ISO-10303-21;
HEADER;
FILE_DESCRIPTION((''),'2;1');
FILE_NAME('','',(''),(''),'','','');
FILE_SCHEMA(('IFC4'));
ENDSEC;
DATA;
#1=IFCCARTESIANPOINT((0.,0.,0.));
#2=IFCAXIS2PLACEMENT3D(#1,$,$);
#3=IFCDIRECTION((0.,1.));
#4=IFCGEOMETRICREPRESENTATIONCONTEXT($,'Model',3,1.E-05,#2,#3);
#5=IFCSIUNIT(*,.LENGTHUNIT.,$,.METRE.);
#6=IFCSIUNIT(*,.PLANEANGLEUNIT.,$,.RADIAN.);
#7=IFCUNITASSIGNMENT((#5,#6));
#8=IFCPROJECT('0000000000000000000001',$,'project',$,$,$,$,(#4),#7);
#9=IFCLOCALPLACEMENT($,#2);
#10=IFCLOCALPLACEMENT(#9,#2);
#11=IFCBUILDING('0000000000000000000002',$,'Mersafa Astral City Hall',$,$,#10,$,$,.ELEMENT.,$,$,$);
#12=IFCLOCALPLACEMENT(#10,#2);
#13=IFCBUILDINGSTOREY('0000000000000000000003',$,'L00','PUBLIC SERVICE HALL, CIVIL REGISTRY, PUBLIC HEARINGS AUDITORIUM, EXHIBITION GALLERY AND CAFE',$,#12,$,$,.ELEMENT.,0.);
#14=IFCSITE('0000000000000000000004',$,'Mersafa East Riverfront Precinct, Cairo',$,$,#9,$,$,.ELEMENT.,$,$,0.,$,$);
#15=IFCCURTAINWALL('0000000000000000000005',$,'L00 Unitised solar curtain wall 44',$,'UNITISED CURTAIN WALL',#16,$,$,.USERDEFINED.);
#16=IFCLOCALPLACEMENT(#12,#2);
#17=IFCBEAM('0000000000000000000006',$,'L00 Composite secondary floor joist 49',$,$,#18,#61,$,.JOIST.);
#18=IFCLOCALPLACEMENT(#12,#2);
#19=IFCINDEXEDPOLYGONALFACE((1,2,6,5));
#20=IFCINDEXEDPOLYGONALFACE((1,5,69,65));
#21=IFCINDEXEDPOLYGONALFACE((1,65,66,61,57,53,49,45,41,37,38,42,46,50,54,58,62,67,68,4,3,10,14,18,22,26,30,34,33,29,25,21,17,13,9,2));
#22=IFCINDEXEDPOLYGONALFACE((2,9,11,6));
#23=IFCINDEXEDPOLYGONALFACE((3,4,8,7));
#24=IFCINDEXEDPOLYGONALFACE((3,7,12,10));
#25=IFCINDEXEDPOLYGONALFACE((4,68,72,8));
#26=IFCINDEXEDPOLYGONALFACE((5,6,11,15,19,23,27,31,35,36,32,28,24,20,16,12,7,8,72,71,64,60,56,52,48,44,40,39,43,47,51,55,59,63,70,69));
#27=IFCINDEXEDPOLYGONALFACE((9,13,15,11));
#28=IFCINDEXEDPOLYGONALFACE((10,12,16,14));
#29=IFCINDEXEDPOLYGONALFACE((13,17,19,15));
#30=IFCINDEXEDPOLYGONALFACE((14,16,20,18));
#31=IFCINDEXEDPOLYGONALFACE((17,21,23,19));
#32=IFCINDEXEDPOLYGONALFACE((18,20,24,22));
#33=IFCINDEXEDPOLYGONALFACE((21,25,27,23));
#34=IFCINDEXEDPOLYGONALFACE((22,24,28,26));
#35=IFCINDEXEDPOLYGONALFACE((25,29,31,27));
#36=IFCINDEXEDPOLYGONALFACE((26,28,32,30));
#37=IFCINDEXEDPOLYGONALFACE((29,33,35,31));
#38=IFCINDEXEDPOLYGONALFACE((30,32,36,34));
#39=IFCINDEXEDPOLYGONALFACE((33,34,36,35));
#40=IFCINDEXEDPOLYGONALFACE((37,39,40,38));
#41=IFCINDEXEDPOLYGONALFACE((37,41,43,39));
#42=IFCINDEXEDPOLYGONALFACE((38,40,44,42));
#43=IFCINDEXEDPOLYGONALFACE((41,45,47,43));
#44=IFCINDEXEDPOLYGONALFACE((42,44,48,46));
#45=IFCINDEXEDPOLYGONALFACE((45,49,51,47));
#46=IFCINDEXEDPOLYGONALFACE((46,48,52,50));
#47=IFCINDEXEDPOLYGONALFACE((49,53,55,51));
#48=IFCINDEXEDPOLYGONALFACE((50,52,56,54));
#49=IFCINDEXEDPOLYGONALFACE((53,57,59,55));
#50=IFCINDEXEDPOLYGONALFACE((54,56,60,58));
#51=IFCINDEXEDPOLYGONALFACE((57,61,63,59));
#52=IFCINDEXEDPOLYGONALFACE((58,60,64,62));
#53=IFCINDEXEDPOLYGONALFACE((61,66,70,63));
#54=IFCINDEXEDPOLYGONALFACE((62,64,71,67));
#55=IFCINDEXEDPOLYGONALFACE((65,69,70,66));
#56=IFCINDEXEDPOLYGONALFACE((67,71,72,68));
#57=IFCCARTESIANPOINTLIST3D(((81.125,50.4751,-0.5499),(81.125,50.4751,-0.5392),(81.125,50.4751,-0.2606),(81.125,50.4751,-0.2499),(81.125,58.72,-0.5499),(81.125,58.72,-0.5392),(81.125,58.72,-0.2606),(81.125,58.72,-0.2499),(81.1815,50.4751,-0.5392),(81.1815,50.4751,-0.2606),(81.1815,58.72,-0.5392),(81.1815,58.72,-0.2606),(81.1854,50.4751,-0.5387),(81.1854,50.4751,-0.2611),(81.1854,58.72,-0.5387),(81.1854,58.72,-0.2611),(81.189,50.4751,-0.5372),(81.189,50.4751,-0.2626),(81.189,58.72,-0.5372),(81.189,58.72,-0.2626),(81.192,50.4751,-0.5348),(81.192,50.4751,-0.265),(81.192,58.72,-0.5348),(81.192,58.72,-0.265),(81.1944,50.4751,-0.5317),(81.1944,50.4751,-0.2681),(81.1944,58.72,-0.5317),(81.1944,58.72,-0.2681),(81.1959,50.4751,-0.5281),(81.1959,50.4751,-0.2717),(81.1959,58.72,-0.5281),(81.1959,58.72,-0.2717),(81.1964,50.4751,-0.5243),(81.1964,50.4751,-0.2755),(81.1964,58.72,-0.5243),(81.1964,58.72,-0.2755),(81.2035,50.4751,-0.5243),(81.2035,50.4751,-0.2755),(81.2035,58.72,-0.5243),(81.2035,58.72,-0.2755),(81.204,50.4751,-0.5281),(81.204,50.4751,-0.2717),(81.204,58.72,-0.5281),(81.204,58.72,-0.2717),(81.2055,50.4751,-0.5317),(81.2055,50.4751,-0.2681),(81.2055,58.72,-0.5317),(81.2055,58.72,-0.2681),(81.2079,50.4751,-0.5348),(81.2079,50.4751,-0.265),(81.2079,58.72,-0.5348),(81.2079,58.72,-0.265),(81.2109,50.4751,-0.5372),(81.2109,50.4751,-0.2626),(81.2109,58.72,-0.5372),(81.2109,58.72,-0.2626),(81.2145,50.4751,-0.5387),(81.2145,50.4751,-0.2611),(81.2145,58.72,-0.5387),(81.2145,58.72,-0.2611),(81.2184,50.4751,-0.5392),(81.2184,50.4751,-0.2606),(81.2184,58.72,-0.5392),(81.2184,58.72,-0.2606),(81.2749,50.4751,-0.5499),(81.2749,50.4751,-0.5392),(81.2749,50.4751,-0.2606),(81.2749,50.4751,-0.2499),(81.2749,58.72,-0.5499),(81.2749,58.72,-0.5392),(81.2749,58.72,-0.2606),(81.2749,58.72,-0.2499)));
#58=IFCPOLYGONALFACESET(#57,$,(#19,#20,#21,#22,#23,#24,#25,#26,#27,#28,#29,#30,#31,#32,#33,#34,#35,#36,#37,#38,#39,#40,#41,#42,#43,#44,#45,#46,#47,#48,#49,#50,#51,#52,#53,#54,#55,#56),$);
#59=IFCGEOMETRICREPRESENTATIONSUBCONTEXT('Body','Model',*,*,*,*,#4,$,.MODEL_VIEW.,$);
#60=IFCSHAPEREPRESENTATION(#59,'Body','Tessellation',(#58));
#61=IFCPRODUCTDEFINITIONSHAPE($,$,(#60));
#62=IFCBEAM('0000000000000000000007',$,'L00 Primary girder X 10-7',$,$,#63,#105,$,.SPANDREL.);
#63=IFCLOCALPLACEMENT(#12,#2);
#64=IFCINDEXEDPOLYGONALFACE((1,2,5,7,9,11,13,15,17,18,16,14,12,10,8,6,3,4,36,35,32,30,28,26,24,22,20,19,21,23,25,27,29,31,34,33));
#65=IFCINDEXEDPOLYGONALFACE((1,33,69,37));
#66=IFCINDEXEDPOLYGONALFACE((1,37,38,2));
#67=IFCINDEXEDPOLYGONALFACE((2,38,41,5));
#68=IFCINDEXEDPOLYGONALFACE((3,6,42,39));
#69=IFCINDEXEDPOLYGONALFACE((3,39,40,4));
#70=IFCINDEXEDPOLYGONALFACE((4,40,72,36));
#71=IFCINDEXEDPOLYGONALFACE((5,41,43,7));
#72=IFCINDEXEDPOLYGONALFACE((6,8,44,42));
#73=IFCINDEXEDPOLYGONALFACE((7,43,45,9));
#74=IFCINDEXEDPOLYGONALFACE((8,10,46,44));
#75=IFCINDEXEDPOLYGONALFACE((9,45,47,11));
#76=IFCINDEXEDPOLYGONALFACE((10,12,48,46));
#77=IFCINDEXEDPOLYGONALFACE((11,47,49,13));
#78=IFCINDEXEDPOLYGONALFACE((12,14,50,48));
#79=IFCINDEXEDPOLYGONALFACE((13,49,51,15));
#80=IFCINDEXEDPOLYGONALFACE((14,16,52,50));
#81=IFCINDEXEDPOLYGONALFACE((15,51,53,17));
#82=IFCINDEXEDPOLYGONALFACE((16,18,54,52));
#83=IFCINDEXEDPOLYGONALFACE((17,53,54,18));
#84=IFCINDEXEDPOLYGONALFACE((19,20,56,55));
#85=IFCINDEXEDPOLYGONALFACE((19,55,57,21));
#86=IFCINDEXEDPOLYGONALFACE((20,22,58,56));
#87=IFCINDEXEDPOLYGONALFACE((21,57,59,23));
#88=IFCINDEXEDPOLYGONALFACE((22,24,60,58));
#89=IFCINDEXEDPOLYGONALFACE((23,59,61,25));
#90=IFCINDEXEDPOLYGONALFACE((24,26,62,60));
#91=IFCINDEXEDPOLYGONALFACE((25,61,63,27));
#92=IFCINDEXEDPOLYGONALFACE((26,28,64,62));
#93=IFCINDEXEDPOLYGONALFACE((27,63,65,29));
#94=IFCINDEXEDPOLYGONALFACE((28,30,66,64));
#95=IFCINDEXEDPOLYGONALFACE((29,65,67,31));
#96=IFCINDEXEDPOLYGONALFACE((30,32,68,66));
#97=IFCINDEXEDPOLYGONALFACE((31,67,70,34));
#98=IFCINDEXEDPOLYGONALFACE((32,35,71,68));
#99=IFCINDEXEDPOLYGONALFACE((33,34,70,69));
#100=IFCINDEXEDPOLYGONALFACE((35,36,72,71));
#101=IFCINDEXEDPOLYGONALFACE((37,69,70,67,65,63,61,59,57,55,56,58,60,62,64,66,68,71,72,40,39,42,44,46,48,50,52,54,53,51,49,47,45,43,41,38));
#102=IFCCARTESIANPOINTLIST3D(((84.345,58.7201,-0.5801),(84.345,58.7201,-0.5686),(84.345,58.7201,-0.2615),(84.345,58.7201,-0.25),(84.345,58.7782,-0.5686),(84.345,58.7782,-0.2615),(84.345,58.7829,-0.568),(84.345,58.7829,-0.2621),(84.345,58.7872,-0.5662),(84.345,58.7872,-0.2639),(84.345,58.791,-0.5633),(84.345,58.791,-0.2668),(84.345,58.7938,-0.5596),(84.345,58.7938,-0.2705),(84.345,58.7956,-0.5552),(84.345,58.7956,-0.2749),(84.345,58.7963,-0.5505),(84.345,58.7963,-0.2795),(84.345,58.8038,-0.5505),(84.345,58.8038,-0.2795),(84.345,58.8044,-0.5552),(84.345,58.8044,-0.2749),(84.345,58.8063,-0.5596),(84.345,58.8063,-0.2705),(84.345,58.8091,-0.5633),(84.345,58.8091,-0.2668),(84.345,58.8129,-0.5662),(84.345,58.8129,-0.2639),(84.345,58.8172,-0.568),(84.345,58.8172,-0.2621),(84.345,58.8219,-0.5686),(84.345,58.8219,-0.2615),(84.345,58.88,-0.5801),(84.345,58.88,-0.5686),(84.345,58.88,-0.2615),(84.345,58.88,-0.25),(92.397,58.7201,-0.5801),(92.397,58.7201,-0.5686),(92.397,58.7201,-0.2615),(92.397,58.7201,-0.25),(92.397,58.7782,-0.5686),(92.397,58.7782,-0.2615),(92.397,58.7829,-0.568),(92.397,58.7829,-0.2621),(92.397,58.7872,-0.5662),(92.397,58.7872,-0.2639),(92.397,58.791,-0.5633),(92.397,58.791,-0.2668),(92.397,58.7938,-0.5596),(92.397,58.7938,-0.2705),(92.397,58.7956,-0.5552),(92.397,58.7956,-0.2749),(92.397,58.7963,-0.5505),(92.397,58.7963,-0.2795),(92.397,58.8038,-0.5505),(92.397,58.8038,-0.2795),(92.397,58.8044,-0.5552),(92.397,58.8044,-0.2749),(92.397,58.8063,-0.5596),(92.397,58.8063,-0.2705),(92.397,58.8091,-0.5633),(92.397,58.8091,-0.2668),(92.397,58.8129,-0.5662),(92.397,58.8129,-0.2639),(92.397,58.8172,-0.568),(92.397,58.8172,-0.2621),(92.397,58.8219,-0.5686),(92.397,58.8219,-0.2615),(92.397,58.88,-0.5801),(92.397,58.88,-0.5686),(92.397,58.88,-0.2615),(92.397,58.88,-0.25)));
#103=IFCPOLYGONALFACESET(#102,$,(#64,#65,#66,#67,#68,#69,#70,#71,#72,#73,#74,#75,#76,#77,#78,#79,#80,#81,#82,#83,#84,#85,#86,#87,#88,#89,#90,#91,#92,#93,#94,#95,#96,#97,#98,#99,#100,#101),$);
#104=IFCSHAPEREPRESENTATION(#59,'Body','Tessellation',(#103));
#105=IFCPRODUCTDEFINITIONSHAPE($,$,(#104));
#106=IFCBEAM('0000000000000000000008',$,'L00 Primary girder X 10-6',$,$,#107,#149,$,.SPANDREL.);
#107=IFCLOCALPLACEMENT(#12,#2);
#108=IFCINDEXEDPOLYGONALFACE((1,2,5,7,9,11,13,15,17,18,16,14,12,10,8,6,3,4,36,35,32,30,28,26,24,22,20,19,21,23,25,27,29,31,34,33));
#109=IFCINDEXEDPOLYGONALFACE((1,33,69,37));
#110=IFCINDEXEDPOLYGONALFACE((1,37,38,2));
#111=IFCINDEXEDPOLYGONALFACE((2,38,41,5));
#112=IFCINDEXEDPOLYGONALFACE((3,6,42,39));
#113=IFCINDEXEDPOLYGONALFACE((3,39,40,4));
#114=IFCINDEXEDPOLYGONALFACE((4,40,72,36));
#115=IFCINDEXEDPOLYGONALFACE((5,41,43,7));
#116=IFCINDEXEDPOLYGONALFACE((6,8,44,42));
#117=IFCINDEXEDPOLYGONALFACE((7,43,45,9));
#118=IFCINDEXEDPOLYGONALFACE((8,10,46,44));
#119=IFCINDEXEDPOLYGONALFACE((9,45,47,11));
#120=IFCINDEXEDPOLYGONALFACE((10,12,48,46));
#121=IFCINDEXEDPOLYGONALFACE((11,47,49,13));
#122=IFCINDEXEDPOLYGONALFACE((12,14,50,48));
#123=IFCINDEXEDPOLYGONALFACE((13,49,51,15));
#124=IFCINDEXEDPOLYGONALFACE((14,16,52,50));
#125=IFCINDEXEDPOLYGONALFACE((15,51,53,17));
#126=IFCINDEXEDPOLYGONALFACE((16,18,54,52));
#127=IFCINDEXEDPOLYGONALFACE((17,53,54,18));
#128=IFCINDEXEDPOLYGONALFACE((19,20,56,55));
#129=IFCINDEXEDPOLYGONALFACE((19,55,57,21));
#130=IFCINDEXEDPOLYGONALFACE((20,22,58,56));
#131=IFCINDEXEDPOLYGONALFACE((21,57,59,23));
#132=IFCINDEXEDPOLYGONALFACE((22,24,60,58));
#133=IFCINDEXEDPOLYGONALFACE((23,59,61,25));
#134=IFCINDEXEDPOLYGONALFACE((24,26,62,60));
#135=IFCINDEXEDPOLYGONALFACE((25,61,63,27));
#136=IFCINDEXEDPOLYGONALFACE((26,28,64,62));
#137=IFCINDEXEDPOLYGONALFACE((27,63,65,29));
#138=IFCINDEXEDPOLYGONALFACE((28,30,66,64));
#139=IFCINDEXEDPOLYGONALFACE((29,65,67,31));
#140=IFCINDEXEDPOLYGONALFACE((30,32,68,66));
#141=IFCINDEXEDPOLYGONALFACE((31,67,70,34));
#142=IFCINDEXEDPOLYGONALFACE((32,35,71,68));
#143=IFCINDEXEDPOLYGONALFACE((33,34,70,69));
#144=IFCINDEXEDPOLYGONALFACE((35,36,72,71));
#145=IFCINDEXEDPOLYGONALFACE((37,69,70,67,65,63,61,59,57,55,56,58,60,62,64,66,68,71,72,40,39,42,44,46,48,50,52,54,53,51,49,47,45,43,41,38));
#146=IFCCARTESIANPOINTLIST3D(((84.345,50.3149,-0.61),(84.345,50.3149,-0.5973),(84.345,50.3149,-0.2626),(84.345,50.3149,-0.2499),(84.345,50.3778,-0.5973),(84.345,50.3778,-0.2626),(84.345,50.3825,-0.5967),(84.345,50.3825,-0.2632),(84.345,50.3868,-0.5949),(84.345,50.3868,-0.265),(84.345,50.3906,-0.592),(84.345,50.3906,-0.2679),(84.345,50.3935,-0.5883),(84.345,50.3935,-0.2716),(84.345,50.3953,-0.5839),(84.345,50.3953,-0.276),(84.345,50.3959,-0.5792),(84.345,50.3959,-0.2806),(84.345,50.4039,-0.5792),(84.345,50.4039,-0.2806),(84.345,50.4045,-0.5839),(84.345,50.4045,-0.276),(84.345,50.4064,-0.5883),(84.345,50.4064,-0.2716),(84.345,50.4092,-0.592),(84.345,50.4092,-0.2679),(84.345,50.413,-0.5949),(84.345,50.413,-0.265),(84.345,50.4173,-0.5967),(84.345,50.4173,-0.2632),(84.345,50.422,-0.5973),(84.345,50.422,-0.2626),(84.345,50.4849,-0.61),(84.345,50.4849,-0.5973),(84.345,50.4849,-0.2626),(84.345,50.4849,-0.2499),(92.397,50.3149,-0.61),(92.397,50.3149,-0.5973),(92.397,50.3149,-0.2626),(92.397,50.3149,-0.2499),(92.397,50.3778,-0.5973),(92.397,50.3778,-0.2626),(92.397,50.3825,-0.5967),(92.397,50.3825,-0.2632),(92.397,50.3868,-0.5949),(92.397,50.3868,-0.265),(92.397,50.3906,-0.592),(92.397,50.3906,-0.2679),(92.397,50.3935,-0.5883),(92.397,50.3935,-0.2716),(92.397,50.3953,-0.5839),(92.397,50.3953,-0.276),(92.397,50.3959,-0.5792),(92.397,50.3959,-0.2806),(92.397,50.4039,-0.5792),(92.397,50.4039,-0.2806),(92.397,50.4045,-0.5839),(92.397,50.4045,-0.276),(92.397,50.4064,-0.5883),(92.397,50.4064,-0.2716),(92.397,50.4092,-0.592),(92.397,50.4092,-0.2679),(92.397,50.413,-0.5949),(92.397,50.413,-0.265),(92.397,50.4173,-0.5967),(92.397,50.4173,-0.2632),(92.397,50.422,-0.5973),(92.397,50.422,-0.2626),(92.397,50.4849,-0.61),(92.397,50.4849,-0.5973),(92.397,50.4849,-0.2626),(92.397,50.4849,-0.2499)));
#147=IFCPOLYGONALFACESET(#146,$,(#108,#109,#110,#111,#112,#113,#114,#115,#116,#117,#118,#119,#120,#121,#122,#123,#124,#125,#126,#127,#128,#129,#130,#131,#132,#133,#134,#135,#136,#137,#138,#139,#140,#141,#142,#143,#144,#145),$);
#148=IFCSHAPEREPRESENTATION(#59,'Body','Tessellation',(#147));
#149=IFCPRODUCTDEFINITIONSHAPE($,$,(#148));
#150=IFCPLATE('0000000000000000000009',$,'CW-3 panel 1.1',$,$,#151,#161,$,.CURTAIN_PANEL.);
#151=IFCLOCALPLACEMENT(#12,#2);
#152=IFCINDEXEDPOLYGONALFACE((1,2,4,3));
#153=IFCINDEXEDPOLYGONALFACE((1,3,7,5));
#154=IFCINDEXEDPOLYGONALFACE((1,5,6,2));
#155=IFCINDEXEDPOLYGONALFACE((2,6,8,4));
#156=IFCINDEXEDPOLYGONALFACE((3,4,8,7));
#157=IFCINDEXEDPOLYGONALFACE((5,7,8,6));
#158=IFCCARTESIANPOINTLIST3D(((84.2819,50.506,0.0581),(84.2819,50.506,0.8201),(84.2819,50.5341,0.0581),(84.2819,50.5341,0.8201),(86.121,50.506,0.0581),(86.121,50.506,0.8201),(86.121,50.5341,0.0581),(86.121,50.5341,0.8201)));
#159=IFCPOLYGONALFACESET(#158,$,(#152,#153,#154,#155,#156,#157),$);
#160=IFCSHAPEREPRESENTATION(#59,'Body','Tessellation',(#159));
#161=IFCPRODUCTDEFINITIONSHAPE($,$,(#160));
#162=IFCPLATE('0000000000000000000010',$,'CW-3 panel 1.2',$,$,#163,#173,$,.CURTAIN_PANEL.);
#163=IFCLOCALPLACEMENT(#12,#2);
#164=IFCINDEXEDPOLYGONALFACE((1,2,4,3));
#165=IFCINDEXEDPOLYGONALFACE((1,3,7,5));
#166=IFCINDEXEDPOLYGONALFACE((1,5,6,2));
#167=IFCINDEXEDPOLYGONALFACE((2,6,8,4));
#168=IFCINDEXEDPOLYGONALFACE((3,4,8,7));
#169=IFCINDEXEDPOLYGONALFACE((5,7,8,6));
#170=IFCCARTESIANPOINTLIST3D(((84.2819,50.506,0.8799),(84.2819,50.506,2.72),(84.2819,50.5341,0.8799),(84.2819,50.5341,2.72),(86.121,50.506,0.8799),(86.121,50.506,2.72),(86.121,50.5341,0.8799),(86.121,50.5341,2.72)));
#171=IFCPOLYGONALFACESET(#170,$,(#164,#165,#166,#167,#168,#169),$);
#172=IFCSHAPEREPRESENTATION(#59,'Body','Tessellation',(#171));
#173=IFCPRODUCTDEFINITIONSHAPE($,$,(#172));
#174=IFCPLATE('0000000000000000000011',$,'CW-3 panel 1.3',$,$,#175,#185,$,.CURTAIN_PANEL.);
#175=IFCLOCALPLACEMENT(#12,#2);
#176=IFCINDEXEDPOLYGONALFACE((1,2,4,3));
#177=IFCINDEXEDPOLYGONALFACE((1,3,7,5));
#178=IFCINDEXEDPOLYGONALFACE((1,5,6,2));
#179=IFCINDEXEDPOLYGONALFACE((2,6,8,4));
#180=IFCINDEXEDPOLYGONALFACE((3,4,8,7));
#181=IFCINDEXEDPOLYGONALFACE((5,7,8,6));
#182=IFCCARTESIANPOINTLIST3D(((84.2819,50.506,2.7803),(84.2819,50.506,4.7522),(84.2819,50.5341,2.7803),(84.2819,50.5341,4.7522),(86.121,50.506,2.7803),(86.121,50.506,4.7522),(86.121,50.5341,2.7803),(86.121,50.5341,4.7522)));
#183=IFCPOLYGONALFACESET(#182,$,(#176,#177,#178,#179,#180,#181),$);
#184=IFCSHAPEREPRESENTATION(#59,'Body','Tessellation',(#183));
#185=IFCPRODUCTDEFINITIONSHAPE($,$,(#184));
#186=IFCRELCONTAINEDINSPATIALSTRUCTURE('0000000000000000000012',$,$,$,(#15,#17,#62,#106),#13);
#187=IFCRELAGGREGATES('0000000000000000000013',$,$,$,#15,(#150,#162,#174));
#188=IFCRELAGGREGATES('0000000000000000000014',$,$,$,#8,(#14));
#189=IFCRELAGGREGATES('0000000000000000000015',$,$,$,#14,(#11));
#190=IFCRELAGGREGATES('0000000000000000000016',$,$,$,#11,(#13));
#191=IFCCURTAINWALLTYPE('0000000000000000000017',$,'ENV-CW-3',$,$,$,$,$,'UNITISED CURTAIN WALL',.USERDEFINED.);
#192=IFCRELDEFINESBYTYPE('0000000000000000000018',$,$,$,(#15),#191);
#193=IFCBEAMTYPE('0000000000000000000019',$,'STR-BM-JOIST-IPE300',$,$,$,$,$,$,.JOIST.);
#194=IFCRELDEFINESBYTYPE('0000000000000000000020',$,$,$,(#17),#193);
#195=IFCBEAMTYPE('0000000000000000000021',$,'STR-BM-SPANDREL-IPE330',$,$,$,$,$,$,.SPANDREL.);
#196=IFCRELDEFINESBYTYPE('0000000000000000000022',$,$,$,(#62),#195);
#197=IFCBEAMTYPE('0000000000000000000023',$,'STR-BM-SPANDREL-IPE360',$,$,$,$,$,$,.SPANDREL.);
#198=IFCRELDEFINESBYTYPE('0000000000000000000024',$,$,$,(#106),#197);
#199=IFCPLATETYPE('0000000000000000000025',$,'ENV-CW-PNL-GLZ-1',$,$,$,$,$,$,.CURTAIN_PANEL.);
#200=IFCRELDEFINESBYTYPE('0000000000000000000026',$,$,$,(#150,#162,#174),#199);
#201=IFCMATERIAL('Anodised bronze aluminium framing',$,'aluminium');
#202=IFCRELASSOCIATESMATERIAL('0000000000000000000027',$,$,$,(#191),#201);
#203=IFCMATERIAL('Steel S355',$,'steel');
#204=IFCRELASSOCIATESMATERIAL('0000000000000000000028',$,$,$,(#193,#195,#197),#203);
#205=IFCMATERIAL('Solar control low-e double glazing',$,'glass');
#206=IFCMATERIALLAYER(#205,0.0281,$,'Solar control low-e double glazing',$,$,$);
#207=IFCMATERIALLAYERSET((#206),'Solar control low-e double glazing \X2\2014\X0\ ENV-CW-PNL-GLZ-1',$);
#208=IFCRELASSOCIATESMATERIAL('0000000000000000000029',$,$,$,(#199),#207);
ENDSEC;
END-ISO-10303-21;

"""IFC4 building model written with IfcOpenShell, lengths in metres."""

from ifc_helpers import new_model, si_unit, direction, frame, origin, origin_2d, place, context, subcontext, project, spatial, rectangle, i_section, extrude, material, layer, layer_set, material_profile, profile_set, type_object, element, aggregate, save


model = new_model("IFC4")

# Units and contexts
model_context = context("Model", 3, precision=1e-05, world=origin(), true_north=direction((0.0, 1.0)))
body_context = subcontext(model_context, "Body", "Model", "MODEL_VIEW")
ifc_project = project(units=[si_unit("LENGTHUNIT", "METRE"), si_unit("PLANEANGLEUNIT", "RADIAN")], contexts=[model_context])

# Site, building, storey
site_placement = place(None, origin())
site = spatial("IfcSite", under=ifc_project, at=site_placement, Name="Mersafa East Riverfront Precinct, Cairo", CompositionType="ELEMENT", RefElevation=0.0)
building_placement = place(site_placement, origin())
building = spatial("IfcBuilding", under=site, at=building_placement, Name="Mersafa Astral City Hall", CompositionType="ELEMENT")
storey_placement = place(building_placement, origin())
storey = spatial("IfcBuildingStorey", under=building, at=storey_placement, Name="L00", Description="PUBLIC SERVICE HALL, CIVIL REGISTRY, PUBLIC HEARINGS AUDITORIUM, EXHIBITION GALLERY AND CAFE", CompositionType="ELEMENT", Elevation=0.0)

# Shared definitions
ifc_material_1 = material(Name="Steel S355", Category="steel")

# Curtain wall
ifc_material_2 = material(Name="Anodised bronze aluminium framing", Category="aluminium")
curtain_wall_type = type_object("IfcCurtainWallType", Name="ENV-CW-3", ElementType="UNITISED CURTAIN WALL", PredefinedType="USERDEFINED", material=ifc_material_2)
curtain_wall_placement = place(storey_placement, origin())
curtain_wall = element("IfcCurtainWall", 1, at=curtain_wall_placement, inside=storey, type_object=curtain_wall_type, Name="L00 Unitised solar curtain wall 44", ObjectType="UNITISED CURTAIN WALL", PredefinedType="USERDEFINED")

# Beams
ifc_material_profile_1 = material_profile(ifc_material_1, i_section(OverallWidth=0.1499, OverallDepth=0.3, WebThickness=0.0071, FlangeThickness=0.0107, FilletRadius=0.0149, at=origin_2d()), Name="IPE 300")
ifc_profile_set_1 = profile_set([ifc_material_profile_1], Name="Steel S355")
beam_type_1 = type_object("IfcBeamType", Name="STR-BM-JOIST-IPE300", PredefinedType="JOIST", material=ifc_profile_set_1)
beam_1_placement = place(storey_placement, frame((81.2, 50.4751, -0.3999), z_axis=(0.0, 1.0, 0.0), x_axis=(-1.0, 0.0, 0.0)))
element("IfcBeam", 2, at=beam_1_placement, inside=storey, type_object=beam_type_1, Name="L00 Composite secondary floor joist 49", PredefinedType="JOIST", context=body_context, shape_type="SweptSolid", body=[
    extrude(i_section(OverallWidth=0.1499, OverallDepth=0.3, WebThickness=0.0071, FlangeThickness=0.0107, FilletRadius=0.0149, at=origin_2d()), origin(), (0.0, 0.0, 1.0), 8.2449),
])
ifc_material_profile_2 = material_profile(ifc_material_1, i_section(OverallWidth=0.1599, OverallDepth=0.3301, WebThickness=0.0076, FlangeThickness=0.0115, FilletRadius=0.0181, at=origin_2d()), Name="IPE 330")
ifc_profile_set_2 = profile_set([ifc_material_profile_2], Name="Steel S355")
beam_type_2 = type_object("IfcBeamType", Name="STR-BM-SPANDREL-IPE330", PredefinedType="SPANDREL", material=ifc_profile_set_2)
beam_2_placement = place(storey_placement, frame((84.345, 58.8, -0.415), z_axis=(1.0, 0.0, 0.0), x_axis=(0.0, 1.0, 0.0)))
element("IfcBeam", 3, at=beam_2_placement, inside=storey, type_object=beam_type_2, Name="L00 Primary girder X 10-7", PredefinedType="SPANDREL", context=body_context, shape_type="SweptSolid", body=[
    extrude(i_section(OverallWidth=0.1599, OverallDepth=0.3301, WebThickness=0.0076, FlangeThickness=0.0115, FilletRadius=0.0181, at=origin_2d()), origin(), (0.0, 0.0, 1.0), 8.052),
])
ifc_material_profile_3 = material_profile(ifc_material_1, i_section(OverallWidth=0.1699, OverallDepth=0.3601, WebThickness=0.0081, FlangeThickness=0.0127, FilletRadius=0.0181, at=origin_2d()), Name="IPE 360")
ifc_profile_set_3 = profile_set([ifc_material_profile_3], Name="Steel S355")
beam_type_3 = type_object("IfcBeamType", Name="STR-BM-SPANDREL-IPE360", PredefinedType="SPANDREL", material=ifc_profile_set_3)
beam_3_placement = place(storey_placement, frame((84.345, 50.3999, -0.4299), z_axis=(1.0, 0.0, 0.0), x_axis=(0.0, 1.0, 0.0)))
element("IfcBeam", 4, at=beam_3_placement, inside=storey, type_object=beam_type_3, Name="L00 Primary girder X 10-6", PredefinedType="SPANDREL", context=body_context, shape_type="SweptSolid", body=[
    extrude(i_section(OverallWidth=0.1699, OverallDepth=0.3601, WebThickness=0.0081, FlangeThickness=0.0127, FilletRadius=0.0181, at=origin_2d()), origin(), (0.0, 0.0, 1.0), 8.052),
])

# Plates
ifc_material_3 = material(Name="Solar control low-e double glazing", Category="glass")
ifc_layer = layer(ifc_material_3, 0.0281, Name="Solar control low-e double glazing")
ifc_layer_set = layer_set([ifc_layer], Name="Solar control low-e double glazing — ENV-CW-PNL-GLZ-1")
plate_type = type_object("IfcPlateType", Name="ENV-CW-PNL-GLZ-1", PredefinedType="CURTAIN_PANEL", material=ifc_layer_set)
plate_1_placement = place(storey_placement, frame((85.2014, 50.52, 0.0581), z_axis=(0.0, 0.0, 1.0), x_axis=(1.0, 0.0, 0.0)))
plate_1 = element("IfcPlate", 5, at=plate_1_placement, type_object=plate_type, Name="CW-3 panel 1.1", PredefinedType="CURTAIN_PANEL", context=body_context, shape_type="SweptSolid", body=[
    extrude(rectangle(XDim=1.8391, YDim=0.0281, at=origin_2d()), origin(), (0.0, 0.0, 1.0), 0.762),
])
plate_2_placement = place(storey_placement, frame((85.2014, 50.52, 0.8799), z_axis=(0.0, 0.0, 1.0), x_axis=(1.0, 0.0, 0.0)))
plate_2 = element("IfcPlate", 6, at=plate_2_placement, type_object=plate_type, Name="CW-3 panel 1.2", PredefinedType="CURTAIN_PANEL", context=body_context, shape_type="SweptSolid", body=[
    extrude(rectangle(XDim=1.8391, YDim=0.0281, at=origin_2d()), origin(), (0.0, 0.0, 1.0), 1.8401),
])
plate_3_placement = place(storey_placement, frame((85.2014, 50.52, 2.7803), z_axis=(0.0, 0.0, 1.0), x_axis=(1.0, 0.0, 0.0)))
plate_3 = element("IfcPlate", 7, at=plate_3_placement, type_object=plate_type, Name="CW-3 panel 1.3", PredefinedType="CURTAIN_PANEL", context=body_context, shape_type="SweptSolid", body=[
    extrude(rectangle(XDim=1.8391, YDim=0.0281, at=origin_2d()), origin(), (0.0, 0.0, 1.0), 1.9719),
])
aggregate(curtain_wall, [plate_1, plate_2, plate_3])

save(model, "model.ifc")
